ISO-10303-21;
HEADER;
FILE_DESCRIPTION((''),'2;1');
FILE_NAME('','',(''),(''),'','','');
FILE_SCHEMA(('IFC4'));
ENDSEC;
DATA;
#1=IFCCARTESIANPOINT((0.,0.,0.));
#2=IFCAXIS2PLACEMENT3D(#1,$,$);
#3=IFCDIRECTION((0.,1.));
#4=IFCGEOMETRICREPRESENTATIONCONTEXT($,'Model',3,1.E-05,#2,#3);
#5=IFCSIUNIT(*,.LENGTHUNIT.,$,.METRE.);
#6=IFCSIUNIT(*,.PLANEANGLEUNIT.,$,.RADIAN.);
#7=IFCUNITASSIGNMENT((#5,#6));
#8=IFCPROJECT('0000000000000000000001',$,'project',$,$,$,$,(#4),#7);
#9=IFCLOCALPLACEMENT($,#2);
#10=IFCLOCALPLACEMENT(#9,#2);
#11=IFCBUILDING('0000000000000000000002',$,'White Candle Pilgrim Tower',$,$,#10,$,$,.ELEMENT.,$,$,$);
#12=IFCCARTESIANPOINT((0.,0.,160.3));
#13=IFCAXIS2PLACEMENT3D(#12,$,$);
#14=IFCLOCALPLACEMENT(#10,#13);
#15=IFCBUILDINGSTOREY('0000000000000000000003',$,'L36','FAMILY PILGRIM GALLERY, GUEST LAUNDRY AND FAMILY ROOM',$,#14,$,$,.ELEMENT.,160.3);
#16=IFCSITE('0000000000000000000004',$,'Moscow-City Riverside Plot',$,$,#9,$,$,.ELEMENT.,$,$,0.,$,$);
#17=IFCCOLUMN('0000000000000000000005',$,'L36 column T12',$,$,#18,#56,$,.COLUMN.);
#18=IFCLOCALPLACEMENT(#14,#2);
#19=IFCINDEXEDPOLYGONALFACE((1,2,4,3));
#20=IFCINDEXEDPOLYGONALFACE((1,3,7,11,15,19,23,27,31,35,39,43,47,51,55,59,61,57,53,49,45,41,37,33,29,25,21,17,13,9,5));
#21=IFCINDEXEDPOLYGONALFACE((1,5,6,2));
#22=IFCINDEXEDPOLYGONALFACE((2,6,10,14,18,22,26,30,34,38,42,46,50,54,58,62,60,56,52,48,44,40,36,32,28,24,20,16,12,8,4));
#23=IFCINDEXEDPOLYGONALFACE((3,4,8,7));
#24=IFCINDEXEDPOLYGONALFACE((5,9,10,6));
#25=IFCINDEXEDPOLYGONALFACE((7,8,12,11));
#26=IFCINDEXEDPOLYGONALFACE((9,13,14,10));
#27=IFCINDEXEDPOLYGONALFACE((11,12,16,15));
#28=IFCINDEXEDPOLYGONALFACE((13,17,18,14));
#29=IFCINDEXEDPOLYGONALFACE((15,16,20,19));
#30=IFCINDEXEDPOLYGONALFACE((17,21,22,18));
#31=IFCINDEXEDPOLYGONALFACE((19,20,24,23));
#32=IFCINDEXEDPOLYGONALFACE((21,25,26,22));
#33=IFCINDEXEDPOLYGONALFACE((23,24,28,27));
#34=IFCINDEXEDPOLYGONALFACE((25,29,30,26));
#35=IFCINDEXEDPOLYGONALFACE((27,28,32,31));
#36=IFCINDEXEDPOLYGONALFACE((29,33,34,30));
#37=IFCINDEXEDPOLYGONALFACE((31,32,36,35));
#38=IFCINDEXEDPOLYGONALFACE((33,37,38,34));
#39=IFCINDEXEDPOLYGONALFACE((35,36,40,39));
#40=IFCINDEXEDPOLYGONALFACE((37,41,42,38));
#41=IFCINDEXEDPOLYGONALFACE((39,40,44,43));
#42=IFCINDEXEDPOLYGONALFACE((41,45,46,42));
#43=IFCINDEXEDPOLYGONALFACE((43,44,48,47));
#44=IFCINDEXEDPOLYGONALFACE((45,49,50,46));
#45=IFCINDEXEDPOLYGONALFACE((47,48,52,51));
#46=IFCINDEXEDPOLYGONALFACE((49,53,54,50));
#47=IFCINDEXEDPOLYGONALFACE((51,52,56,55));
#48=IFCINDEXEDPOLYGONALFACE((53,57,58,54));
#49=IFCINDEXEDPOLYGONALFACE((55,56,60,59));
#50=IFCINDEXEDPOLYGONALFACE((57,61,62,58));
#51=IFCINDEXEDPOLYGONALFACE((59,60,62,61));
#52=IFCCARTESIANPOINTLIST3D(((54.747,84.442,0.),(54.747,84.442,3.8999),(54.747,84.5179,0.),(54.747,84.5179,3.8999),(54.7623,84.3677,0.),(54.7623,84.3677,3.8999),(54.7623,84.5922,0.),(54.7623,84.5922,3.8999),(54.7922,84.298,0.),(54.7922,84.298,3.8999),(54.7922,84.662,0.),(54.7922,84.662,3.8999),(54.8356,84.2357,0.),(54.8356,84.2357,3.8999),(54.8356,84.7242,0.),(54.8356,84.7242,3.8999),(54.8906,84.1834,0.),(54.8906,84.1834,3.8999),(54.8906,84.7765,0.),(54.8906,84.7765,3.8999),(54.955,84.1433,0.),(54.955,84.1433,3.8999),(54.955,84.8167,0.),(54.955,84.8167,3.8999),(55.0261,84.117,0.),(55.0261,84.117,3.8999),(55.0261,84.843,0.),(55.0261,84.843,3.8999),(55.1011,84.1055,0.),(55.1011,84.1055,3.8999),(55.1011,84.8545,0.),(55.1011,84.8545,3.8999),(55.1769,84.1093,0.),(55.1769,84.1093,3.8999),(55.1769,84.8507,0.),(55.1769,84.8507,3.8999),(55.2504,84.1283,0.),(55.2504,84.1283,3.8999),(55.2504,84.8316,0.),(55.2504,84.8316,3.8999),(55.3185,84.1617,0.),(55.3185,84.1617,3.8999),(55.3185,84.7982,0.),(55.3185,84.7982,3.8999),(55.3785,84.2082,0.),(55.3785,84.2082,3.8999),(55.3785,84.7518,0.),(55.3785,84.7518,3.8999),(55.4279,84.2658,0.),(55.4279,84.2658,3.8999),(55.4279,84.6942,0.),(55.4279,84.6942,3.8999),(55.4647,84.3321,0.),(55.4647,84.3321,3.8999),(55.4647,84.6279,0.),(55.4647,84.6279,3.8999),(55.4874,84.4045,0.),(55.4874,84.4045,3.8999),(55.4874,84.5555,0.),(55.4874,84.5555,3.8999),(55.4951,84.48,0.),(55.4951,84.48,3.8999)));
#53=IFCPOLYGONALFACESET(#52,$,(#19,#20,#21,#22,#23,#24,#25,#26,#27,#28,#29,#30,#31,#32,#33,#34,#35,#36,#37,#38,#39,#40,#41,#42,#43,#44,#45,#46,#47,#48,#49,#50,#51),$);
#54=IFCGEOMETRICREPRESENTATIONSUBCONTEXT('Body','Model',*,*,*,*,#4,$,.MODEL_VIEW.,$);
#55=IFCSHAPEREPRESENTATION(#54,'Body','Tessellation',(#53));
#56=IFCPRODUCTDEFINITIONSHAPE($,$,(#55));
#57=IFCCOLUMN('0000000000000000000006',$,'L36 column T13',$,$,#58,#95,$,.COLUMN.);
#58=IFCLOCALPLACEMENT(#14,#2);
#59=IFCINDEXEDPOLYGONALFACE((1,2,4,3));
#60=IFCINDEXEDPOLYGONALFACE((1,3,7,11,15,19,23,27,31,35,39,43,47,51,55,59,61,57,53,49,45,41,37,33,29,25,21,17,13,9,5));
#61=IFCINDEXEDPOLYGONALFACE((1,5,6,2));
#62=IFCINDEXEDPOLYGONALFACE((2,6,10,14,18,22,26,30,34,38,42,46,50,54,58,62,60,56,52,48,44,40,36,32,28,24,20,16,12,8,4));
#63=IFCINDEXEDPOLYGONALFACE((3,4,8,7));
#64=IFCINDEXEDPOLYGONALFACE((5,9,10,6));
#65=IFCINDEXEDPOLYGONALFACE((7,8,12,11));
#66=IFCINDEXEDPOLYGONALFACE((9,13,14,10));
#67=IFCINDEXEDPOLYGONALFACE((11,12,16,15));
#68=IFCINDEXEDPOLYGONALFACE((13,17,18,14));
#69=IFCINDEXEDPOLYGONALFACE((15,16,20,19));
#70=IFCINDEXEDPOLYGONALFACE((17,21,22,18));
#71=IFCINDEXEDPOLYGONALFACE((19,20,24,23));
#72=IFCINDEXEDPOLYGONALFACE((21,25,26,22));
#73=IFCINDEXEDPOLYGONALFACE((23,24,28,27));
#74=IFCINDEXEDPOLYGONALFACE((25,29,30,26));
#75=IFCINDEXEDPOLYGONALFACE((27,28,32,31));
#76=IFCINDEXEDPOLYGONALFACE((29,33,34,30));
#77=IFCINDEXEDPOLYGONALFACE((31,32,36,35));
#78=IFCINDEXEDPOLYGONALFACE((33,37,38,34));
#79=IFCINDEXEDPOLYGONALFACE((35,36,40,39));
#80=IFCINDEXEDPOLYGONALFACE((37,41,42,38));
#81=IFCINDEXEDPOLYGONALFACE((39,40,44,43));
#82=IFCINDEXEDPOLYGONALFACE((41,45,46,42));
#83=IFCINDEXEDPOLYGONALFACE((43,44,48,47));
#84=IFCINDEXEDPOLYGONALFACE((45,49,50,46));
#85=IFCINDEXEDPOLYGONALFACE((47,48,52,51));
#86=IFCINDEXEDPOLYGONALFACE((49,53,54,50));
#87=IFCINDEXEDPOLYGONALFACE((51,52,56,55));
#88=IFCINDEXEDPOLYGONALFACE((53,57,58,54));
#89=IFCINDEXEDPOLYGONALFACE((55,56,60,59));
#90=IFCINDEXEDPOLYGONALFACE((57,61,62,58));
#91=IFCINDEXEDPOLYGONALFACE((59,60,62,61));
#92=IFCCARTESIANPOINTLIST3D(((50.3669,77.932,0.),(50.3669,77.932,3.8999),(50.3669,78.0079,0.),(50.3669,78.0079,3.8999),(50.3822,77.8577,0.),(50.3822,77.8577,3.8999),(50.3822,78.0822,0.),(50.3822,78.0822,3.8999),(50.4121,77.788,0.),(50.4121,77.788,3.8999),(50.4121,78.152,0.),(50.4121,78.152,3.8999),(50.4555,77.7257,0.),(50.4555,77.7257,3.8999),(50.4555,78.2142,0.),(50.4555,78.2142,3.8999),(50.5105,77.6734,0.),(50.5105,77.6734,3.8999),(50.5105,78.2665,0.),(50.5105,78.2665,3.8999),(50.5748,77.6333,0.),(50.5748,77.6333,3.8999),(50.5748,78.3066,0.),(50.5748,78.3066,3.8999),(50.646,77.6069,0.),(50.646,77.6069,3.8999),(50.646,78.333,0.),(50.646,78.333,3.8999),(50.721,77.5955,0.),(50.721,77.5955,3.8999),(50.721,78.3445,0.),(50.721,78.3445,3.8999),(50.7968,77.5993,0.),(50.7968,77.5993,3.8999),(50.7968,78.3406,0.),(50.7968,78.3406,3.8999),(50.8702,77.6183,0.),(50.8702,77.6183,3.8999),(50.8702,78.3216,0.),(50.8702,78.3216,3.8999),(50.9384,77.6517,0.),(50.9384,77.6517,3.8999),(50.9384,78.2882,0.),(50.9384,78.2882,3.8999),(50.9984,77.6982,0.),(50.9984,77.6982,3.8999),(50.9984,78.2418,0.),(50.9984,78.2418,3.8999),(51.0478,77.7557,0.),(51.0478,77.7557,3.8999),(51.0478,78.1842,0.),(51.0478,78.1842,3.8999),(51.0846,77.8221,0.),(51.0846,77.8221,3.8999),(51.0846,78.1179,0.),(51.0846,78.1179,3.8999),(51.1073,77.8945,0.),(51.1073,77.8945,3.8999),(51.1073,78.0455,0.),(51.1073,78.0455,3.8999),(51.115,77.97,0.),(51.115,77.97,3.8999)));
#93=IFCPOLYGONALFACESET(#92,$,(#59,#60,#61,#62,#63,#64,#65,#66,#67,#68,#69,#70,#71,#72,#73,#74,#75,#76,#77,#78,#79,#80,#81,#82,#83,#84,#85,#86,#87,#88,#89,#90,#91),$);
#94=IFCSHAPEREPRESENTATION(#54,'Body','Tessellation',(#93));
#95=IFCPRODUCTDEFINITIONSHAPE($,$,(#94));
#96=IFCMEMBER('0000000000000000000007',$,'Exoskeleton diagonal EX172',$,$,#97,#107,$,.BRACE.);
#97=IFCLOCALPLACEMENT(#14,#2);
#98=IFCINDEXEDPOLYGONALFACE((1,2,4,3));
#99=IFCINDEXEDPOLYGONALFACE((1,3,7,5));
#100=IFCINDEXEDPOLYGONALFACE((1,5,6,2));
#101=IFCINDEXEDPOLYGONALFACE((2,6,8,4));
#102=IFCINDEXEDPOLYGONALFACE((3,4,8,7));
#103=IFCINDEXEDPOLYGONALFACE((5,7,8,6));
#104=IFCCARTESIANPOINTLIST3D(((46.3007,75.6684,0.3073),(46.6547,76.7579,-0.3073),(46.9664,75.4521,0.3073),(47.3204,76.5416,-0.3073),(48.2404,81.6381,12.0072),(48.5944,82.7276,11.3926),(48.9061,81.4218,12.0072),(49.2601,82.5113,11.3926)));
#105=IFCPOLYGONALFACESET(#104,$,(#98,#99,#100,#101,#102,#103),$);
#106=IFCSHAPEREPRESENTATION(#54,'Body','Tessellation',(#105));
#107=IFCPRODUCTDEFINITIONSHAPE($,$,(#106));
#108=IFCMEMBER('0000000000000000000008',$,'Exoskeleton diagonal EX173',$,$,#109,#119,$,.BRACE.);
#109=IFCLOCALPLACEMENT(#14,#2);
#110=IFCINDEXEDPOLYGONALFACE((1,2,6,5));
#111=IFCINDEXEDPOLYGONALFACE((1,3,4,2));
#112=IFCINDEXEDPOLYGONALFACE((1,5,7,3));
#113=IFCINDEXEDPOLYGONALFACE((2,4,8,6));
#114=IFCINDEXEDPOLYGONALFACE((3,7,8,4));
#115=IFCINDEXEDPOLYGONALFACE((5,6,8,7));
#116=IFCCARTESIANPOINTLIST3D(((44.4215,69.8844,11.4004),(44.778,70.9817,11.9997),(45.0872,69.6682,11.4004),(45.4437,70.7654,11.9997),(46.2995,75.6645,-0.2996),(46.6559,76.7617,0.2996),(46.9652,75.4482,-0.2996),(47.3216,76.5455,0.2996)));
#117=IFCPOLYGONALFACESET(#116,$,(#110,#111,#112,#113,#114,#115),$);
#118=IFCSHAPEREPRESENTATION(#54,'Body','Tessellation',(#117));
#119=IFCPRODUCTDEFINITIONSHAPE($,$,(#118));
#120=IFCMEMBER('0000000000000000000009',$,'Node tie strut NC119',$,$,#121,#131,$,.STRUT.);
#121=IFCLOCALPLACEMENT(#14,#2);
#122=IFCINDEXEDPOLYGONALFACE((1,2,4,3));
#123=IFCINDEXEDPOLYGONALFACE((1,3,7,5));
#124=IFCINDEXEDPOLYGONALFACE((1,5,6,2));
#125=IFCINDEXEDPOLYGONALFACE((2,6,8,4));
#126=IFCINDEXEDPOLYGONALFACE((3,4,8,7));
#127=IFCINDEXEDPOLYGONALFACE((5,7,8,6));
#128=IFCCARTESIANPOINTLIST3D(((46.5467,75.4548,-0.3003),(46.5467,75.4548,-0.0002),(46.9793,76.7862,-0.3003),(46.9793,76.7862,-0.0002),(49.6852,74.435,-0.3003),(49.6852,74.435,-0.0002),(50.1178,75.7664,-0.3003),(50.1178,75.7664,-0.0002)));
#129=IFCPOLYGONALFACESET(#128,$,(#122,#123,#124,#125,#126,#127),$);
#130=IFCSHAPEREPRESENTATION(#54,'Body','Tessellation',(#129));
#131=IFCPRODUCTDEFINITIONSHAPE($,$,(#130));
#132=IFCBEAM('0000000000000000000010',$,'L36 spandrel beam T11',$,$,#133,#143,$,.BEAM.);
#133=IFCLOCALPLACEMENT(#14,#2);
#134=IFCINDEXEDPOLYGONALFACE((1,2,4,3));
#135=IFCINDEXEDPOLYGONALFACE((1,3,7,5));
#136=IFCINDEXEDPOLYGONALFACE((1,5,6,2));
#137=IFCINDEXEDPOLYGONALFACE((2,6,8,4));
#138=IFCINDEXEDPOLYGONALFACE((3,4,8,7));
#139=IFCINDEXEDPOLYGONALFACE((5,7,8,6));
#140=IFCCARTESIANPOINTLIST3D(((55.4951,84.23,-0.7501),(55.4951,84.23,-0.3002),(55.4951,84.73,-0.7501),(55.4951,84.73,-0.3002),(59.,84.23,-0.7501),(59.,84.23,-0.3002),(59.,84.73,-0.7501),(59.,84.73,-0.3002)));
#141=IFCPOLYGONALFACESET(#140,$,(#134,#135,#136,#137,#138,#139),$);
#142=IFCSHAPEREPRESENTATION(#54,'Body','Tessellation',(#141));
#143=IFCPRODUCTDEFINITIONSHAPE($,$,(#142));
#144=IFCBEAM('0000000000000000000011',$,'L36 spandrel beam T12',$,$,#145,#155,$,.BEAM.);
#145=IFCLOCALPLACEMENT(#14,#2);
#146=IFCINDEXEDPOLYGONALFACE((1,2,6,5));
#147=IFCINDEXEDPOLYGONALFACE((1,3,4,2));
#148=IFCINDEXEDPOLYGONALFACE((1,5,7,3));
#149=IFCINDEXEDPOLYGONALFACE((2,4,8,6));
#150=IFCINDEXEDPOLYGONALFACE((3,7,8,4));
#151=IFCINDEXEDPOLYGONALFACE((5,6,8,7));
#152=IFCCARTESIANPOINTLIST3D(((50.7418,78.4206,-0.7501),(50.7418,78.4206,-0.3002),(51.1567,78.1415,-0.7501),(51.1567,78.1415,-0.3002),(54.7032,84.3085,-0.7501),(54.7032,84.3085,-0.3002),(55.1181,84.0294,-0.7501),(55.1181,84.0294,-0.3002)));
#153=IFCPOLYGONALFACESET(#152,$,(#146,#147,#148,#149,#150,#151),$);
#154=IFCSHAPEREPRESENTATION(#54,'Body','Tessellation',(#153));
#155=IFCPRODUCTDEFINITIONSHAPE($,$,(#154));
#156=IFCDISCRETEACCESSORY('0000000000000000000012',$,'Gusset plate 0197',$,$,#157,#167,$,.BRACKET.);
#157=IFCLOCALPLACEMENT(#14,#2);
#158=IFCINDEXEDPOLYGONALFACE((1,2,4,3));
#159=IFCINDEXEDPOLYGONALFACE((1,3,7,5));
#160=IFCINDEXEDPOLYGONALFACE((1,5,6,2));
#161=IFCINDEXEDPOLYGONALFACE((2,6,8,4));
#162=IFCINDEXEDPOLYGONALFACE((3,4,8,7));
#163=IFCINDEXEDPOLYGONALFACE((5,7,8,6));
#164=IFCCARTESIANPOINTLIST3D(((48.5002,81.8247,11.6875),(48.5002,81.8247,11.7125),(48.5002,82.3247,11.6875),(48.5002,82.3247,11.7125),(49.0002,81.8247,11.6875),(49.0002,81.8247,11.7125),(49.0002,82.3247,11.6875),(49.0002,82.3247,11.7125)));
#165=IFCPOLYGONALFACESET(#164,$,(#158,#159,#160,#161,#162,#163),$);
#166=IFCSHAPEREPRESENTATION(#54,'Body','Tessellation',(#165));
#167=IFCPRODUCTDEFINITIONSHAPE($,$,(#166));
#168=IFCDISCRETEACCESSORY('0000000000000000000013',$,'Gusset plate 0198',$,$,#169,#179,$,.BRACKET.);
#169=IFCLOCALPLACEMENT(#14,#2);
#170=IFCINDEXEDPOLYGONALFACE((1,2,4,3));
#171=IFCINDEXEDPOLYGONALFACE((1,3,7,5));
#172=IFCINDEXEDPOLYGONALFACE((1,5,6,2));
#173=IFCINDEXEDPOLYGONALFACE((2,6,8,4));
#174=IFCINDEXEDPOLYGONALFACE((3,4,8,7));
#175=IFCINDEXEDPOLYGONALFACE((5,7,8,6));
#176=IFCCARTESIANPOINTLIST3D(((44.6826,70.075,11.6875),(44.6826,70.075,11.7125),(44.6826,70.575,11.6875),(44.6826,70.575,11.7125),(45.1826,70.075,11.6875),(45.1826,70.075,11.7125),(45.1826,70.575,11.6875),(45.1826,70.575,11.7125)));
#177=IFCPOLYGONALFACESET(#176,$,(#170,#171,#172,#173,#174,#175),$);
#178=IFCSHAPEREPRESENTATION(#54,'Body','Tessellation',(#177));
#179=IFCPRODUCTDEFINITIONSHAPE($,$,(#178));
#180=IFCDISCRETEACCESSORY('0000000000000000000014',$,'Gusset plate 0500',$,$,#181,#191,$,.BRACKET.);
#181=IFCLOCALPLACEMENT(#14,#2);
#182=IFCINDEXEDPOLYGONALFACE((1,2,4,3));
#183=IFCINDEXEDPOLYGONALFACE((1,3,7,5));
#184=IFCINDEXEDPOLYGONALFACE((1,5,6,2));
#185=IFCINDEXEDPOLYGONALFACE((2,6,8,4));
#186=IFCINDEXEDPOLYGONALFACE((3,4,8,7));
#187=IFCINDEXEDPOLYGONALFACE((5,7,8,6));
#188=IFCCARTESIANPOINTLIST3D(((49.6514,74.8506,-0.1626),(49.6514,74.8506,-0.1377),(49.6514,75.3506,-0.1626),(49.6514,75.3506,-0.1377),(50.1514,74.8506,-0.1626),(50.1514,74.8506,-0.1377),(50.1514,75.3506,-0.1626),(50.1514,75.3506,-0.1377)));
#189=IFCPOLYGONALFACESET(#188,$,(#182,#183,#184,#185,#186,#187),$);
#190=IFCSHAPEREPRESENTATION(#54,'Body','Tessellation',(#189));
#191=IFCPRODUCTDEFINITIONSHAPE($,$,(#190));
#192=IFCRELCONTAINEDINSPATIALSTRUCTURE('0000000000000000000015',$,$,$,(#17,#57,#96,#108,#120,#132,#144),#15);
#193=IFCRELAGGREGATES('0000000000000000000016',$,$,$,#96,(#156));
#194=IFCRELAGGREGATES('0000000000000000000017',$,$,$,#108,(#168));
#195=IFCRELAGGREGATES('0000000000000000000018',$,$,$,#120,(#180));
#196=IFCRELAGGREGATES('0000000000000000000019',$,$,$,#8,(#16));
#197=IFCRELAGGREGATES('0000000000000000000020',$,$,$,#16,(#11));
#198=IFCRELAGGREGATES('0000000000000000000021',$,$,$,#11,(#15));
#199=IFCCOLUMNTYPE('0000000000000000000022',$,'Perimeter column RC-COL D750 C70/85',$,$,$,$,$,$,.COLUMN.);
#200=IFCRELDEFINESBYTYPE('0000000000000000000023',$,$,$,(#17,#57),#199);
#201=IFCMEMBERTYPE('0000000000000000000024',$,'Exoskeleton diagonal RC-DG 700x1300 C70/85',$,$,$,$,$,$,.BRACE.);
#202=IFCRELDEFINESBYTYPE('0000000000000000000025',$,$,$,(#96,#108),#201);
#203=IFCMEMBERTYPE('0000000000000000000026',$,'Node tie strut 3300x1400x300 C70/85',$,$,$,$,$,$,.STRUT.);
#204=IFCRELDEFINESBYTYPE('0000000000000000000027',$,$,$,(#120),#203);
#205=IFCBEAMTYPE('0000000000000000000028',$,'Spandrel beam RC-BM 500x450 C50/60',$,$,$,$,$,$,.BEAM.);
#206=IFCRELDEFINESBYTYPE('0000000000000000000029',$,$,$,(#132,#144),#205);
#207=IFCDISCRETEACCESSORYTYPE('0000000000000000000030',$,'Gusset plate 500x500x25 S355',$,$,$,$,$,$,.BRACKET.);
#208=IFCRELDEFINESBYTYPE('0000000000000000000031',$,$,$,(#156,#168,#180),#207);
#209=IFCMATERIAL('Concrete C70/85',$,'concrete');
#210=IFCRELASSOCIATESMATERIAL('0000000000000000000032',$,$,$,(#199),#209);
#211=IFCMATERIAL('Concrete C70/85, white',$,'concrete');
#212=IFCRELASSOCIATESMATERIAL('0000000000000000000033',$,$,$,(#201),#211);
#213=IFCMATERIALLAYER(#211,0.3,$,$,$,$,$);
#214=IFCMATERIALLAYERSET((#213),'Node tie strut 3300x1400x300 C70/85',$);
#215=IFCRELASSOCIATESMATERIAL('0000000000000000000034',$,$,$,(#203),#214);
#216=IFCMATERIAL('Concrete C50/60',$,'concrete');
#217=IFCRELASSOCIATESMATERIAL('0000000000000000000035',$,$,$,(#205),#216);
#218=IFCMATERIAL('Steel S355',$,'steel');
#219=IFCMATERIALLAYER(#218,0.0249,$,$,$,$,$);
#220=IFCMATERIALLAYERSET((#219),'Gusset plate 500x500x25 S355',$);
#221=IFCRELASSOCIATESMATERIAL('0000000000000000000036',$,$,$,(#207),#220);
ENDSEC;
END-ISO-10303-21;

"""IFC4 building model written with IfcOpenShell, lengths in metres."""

from ifc_helpers import new_model, si_unit, direction, frame, origin, origin_2d, place, context, subcontext, project, spatial, rectangle, circle, extrude, material, layer, layer_set, material_profile, profile_set, type_object, element, aggregate, save


model = new_model("IFC4")

# Units and contexts
model_context = context("Model", 3, precision=1e-05, world=origin(), true_north=direction((0.0, 1.0)))
body_context = subcontext(model_context, "Body", "Model", "MODEL_VIEW")
ifc_project = project(units=[si_unit("LENGTHUNIT", "METRE"), si_unit("PLANEANGLEUNIT", "RADIAN")], contexts=[model_context])

# Site, building, storey
site_placement = place(None, origin())
site = spatial("IfcSite", under=ifc_project, at=site_placement, Name="Moscow-City Riverside Plot", CompositionType="ELEMENT", RefElevation=0.0)
building_placement = place(site_placement, origin())
building = spatial("IfcBuilding", under=site, at=building_placement, Name="White Candle Pilgrim Tower", CompositionType="ELEMENT")
storey_placement = place(building_placement, frame((0.0, 0.0, 160.3)))
storey = spatial("IfcBuildingStorey", under=building, at=storey_placement, Name="L36", Description="FAMILY PILGRIM GALLERY, GUEST LAUNDRY AND FAMILY ROOM", CompositionType="ELEMENT", Elevation=160.3)

# Columns
ifc_material_1 = material(Name="Concrete C70/85", Category="concrete")
ifc_material_profile_1 = material_profile(ifc_material_1, circle(Radius=0.375, at=origin_2d()), Name="RC-COL D750")
ifc_profile_set_1 = profile_set([ifc_material_profile_1], Name="Concrete C70/85")
column_type = type_object("IfcColumnType", Name="Perimeter column RC-COL D750 C70/85", PredefinedType="COLUMN", material=ifc_profile_set_1)
for number, where, z_axis, x_axis, name in (
    (1, (55.1201, 84.48, 0.0), (0.0, 0.0, 1.0), (1.0, 0.0, 0.0), "L36 column T12"),
    (2, (50.74, 77.97, 0.0), (0.0, 0.0, 1.0), (1.0, 0.0, 0.0), "L36 column T13"),
):
    element("IfcColumn", number, at=place(storey_placement, frame(where, z_axis=z_axis, x_axis=x_axis)), inside=storey, type_object=column_type, Name=name, PredefinedType="COLUMN", context=body_context, shape_type="SweptSolid", body=[
        extrude(circle(Radius=0.375, at=origin_2d()), origin(), (0.0, 0.0, 1.0), 3.8999),
    ])

# Members
ifc_material_2 = material(Name="Concrete C70/85, white", Category="concrete")
ifc_material_profile_2 = material_profile(ifc_material_2, rectangle(XDim=0.7, YDim=1.3, at=origin_2d()), Name="RC-DG 700x1300")
ifc_profile_set_2 = profile_set([ifc_material_profile_2], Name="Concrete C70/85, white")
member_type_1 = type_object("IfcMemberType", Name="Exoskeleton diagonal RC-DG 700x1300 C70/85", PredefinedType="BRACE", material=ifc_profile_set_2)
member_1_placement = place(storey_placement, frame((46.8105, 76.105, 0.0), z_axis=(0.14609, 0.449616, 0.881194), x_axis=(-0.951056, 0.309019, 0.0)))
member_1 = element("IfcMember", 3, at=member_1_placement, inside=storey, type_object=member_type_1, Name="Exoskeleton diagonal EX172", PredefinedType="BRACE", context=body_context, shape_type="SweptSolid", body=[
    extrude(rectangle(XDim=0.7, YDim=1.3, at=origin_2d()), origin(), (0.0, 0.0, 1.0), 13.2773),
])
member_2_placement = place(storey_placement, frame((46.8105, 76.105, 0.0), z_axis=(-0.142437, -0.438404, 0.887419), x_axis=(0.951062, -0.309, 0.0)))
member_2 = element("IfcMember", 4, at=member_2_placement, inside=storey, type_object=member_type_1, Name="Exoskeleton diagonal EX173", PredefinedType="BRACE", context=body_context, shape_type="SweptSolid", body=[
    extrude(rectangle(XDim=0.7, YDim=1.3, at=origin_2d()), origin(), (0.0, 0.0, 1.0), 13.1843),
])
ifc_layer_1 = layer(ifc_material_2, 0.3)
ifc_layer_set_1 = layer_set([ifc_layer_1], Name="Node tie strut 3300x1400x300 C70/85")
member_type_2 = type_object("IfcMemberType", Name="Node tie strut 3300x1400x300 C70/85", PredefinedType="STRUT", material=ifc_layer_set_1)
member_3_placement = place(storey_placement, frame((48.3323, 75.6106, -0.3003), z_axis=(0.0, 0.0, 1.0), x_axis=(-0.309017, -0.951057, 0.0)))
member_3 = element("IfcMember", 5, at=member_3_placement, inside=storey, type_object=member_type_2, Name="Node tie strut NC119", PredefinedType="STRUT", context=body_context, shape_type="SweptSolid", body=[
    extrude(rectangle(XDim=1.3999, YDim=3.3, at=origin_2d()), origin(), (0.0, 0.0, 1.0), 0.3),
])

# Beams
ifc_material_3 = material(Name="Concrete C50/60", Category="concrete")
ifc_material_profile_3 = material_profile(ifc_material_3, rectangle(XDim=0.5, YDim=0.45, at=origin_2d()), Name="RC-BM 500x450")
ifc_profile_set_3 = profile_set([ifc_material_profile_3], Name="Concrete C50/60")
beam_type = type_object("IfcBeamType", Name="Spandrel beam RC-BM 500x450 C50/60", PredefinedType="BEAM", material=ifc_profile_set_3)
beam_1_placement = place(storey_placement, frame((55.4951, 84.48, -0.5251), z_axis=(1.0, 0.0, 0.0), x_axis=(0.0, 1.0, 0.0)))
element("IfcBeam", 6, at=beam_1_placement, inside=storey, type_object=beam_type, Name="L36 spandrel beam T11", PredefinedType="BEAM", context=body_context, shape_type="SweptSolid", body=[
    extrude(rectangle(XDim=0.5, YDim=0.45, at=origin_2d()), origin(), (0.0, 0.0, 1.0), 3.5049),
])
beam_2_placement = place(storey_placement, frame((54.9106, 84.1689, -0.5251), z_axis=(-0.55822, -0.829693, 0.0), x_axis=(0.829693, -0.55822, 0.0)))
element("IfcBeam", 7, at=beam_2_placement, inside=storey, type_object=beam_type, Name="L36 spandrel beam T12", PredefinedType="BEAM", context=body_context, shape_type="SweptSolid", body=[
    extrude(rectangle(XDim=0.5, YDim=0.45, at=origin_2d()), origin(), (0.0, 0.0, 1.0), 7.0964),
])

# Discrete accessories
ifc_material_4 = material(Name="Steel S355", Category="steel")
ifc_layer_2 = layer(ifc_material_4, 0.0249)
ifc_layer_set_2 = layer_set([ifc_layer_2], Name="Gusset plate 500x500x25 S355")
discrete_accessory_type = type_object("IfcDiscreteAccessoryType", Name="Gusset plate 500x500x25 S355", PredefinedType="BRACKET", material=ifc_layer_set_2)
placement = place(building_placement, frame((0.0, 0.0, 172.0)))
discrete_accessory_1_placement = place(placement, frame((48.7502, 82.0747, -0.0125), z_axis=(0.0, 0.0, 1.0), x_axis=(1.0, 0.0, 0.0)))
discrete_accessory_1 = element("IfcDiscreteAccessory", 8, at=discrete_accessory_1_placement, type_object=discrete_accessory_type, Name="Gusset plate 0197", PredefinedType="BRACKET", context=body_context, shape_type="SweptSolid", body=[
    extrude(rectangle(XDim=0.5, YDim=0.5, at=origin_2d()), origin(), (0.0, 0.0, 1.0), 0.0249),
])
aggregate(member_1, [discrete_accessory_1])
discrete_accessory_2_placement = place(placement, frame((44.9326, 70.325, -0.0125), z_axis=(0.0, 0.0, 1.0), x_axis=(1.0, 0.0, 0.0)))
discrete_accessory_2 = element("IfcDiscreteAccessory", 9, at=discrete_accessory_2_placement, type_object=discrete_accessory_type, Name="Gusset plate 0198", PredefinedType="BRACKET", context=body_context, shape_type="SweptSolid", body=[
    extrude(rectangle(XDim=0.5, YDim=0.5, at=origin_2d()), origin(), (0.0, 0.0, 1.0), 0.0249),
])
aggregate(member_2, [discrete_accessory_2])
discrete_accessory_3_placement = place(storey_placement, frame((49.9014, 75.1006, -0.1626), z_axis=(0.0, 0.0, 1.0), x_axis=(1.0, 0.0, 0.0)))
discrete_accessory_3 = element("IfcDiscreteAccessory", 10, at=discrete_accessory_3_placement, type_object=discrete_accessory_type, Name="Gusset plate 0500", PredefinedType="BRACKET", context=body_context, shape_type="SweptSolid", body=[
    extrude(rectangle(XDim=0.5, YDim=0.5, at=origin_2d()), origin(), (0.0, 0.0, 1.0), 0.0249),
])
aggregate(member_3, [discrete_accessory_3])

save(model, "model.ifc")
